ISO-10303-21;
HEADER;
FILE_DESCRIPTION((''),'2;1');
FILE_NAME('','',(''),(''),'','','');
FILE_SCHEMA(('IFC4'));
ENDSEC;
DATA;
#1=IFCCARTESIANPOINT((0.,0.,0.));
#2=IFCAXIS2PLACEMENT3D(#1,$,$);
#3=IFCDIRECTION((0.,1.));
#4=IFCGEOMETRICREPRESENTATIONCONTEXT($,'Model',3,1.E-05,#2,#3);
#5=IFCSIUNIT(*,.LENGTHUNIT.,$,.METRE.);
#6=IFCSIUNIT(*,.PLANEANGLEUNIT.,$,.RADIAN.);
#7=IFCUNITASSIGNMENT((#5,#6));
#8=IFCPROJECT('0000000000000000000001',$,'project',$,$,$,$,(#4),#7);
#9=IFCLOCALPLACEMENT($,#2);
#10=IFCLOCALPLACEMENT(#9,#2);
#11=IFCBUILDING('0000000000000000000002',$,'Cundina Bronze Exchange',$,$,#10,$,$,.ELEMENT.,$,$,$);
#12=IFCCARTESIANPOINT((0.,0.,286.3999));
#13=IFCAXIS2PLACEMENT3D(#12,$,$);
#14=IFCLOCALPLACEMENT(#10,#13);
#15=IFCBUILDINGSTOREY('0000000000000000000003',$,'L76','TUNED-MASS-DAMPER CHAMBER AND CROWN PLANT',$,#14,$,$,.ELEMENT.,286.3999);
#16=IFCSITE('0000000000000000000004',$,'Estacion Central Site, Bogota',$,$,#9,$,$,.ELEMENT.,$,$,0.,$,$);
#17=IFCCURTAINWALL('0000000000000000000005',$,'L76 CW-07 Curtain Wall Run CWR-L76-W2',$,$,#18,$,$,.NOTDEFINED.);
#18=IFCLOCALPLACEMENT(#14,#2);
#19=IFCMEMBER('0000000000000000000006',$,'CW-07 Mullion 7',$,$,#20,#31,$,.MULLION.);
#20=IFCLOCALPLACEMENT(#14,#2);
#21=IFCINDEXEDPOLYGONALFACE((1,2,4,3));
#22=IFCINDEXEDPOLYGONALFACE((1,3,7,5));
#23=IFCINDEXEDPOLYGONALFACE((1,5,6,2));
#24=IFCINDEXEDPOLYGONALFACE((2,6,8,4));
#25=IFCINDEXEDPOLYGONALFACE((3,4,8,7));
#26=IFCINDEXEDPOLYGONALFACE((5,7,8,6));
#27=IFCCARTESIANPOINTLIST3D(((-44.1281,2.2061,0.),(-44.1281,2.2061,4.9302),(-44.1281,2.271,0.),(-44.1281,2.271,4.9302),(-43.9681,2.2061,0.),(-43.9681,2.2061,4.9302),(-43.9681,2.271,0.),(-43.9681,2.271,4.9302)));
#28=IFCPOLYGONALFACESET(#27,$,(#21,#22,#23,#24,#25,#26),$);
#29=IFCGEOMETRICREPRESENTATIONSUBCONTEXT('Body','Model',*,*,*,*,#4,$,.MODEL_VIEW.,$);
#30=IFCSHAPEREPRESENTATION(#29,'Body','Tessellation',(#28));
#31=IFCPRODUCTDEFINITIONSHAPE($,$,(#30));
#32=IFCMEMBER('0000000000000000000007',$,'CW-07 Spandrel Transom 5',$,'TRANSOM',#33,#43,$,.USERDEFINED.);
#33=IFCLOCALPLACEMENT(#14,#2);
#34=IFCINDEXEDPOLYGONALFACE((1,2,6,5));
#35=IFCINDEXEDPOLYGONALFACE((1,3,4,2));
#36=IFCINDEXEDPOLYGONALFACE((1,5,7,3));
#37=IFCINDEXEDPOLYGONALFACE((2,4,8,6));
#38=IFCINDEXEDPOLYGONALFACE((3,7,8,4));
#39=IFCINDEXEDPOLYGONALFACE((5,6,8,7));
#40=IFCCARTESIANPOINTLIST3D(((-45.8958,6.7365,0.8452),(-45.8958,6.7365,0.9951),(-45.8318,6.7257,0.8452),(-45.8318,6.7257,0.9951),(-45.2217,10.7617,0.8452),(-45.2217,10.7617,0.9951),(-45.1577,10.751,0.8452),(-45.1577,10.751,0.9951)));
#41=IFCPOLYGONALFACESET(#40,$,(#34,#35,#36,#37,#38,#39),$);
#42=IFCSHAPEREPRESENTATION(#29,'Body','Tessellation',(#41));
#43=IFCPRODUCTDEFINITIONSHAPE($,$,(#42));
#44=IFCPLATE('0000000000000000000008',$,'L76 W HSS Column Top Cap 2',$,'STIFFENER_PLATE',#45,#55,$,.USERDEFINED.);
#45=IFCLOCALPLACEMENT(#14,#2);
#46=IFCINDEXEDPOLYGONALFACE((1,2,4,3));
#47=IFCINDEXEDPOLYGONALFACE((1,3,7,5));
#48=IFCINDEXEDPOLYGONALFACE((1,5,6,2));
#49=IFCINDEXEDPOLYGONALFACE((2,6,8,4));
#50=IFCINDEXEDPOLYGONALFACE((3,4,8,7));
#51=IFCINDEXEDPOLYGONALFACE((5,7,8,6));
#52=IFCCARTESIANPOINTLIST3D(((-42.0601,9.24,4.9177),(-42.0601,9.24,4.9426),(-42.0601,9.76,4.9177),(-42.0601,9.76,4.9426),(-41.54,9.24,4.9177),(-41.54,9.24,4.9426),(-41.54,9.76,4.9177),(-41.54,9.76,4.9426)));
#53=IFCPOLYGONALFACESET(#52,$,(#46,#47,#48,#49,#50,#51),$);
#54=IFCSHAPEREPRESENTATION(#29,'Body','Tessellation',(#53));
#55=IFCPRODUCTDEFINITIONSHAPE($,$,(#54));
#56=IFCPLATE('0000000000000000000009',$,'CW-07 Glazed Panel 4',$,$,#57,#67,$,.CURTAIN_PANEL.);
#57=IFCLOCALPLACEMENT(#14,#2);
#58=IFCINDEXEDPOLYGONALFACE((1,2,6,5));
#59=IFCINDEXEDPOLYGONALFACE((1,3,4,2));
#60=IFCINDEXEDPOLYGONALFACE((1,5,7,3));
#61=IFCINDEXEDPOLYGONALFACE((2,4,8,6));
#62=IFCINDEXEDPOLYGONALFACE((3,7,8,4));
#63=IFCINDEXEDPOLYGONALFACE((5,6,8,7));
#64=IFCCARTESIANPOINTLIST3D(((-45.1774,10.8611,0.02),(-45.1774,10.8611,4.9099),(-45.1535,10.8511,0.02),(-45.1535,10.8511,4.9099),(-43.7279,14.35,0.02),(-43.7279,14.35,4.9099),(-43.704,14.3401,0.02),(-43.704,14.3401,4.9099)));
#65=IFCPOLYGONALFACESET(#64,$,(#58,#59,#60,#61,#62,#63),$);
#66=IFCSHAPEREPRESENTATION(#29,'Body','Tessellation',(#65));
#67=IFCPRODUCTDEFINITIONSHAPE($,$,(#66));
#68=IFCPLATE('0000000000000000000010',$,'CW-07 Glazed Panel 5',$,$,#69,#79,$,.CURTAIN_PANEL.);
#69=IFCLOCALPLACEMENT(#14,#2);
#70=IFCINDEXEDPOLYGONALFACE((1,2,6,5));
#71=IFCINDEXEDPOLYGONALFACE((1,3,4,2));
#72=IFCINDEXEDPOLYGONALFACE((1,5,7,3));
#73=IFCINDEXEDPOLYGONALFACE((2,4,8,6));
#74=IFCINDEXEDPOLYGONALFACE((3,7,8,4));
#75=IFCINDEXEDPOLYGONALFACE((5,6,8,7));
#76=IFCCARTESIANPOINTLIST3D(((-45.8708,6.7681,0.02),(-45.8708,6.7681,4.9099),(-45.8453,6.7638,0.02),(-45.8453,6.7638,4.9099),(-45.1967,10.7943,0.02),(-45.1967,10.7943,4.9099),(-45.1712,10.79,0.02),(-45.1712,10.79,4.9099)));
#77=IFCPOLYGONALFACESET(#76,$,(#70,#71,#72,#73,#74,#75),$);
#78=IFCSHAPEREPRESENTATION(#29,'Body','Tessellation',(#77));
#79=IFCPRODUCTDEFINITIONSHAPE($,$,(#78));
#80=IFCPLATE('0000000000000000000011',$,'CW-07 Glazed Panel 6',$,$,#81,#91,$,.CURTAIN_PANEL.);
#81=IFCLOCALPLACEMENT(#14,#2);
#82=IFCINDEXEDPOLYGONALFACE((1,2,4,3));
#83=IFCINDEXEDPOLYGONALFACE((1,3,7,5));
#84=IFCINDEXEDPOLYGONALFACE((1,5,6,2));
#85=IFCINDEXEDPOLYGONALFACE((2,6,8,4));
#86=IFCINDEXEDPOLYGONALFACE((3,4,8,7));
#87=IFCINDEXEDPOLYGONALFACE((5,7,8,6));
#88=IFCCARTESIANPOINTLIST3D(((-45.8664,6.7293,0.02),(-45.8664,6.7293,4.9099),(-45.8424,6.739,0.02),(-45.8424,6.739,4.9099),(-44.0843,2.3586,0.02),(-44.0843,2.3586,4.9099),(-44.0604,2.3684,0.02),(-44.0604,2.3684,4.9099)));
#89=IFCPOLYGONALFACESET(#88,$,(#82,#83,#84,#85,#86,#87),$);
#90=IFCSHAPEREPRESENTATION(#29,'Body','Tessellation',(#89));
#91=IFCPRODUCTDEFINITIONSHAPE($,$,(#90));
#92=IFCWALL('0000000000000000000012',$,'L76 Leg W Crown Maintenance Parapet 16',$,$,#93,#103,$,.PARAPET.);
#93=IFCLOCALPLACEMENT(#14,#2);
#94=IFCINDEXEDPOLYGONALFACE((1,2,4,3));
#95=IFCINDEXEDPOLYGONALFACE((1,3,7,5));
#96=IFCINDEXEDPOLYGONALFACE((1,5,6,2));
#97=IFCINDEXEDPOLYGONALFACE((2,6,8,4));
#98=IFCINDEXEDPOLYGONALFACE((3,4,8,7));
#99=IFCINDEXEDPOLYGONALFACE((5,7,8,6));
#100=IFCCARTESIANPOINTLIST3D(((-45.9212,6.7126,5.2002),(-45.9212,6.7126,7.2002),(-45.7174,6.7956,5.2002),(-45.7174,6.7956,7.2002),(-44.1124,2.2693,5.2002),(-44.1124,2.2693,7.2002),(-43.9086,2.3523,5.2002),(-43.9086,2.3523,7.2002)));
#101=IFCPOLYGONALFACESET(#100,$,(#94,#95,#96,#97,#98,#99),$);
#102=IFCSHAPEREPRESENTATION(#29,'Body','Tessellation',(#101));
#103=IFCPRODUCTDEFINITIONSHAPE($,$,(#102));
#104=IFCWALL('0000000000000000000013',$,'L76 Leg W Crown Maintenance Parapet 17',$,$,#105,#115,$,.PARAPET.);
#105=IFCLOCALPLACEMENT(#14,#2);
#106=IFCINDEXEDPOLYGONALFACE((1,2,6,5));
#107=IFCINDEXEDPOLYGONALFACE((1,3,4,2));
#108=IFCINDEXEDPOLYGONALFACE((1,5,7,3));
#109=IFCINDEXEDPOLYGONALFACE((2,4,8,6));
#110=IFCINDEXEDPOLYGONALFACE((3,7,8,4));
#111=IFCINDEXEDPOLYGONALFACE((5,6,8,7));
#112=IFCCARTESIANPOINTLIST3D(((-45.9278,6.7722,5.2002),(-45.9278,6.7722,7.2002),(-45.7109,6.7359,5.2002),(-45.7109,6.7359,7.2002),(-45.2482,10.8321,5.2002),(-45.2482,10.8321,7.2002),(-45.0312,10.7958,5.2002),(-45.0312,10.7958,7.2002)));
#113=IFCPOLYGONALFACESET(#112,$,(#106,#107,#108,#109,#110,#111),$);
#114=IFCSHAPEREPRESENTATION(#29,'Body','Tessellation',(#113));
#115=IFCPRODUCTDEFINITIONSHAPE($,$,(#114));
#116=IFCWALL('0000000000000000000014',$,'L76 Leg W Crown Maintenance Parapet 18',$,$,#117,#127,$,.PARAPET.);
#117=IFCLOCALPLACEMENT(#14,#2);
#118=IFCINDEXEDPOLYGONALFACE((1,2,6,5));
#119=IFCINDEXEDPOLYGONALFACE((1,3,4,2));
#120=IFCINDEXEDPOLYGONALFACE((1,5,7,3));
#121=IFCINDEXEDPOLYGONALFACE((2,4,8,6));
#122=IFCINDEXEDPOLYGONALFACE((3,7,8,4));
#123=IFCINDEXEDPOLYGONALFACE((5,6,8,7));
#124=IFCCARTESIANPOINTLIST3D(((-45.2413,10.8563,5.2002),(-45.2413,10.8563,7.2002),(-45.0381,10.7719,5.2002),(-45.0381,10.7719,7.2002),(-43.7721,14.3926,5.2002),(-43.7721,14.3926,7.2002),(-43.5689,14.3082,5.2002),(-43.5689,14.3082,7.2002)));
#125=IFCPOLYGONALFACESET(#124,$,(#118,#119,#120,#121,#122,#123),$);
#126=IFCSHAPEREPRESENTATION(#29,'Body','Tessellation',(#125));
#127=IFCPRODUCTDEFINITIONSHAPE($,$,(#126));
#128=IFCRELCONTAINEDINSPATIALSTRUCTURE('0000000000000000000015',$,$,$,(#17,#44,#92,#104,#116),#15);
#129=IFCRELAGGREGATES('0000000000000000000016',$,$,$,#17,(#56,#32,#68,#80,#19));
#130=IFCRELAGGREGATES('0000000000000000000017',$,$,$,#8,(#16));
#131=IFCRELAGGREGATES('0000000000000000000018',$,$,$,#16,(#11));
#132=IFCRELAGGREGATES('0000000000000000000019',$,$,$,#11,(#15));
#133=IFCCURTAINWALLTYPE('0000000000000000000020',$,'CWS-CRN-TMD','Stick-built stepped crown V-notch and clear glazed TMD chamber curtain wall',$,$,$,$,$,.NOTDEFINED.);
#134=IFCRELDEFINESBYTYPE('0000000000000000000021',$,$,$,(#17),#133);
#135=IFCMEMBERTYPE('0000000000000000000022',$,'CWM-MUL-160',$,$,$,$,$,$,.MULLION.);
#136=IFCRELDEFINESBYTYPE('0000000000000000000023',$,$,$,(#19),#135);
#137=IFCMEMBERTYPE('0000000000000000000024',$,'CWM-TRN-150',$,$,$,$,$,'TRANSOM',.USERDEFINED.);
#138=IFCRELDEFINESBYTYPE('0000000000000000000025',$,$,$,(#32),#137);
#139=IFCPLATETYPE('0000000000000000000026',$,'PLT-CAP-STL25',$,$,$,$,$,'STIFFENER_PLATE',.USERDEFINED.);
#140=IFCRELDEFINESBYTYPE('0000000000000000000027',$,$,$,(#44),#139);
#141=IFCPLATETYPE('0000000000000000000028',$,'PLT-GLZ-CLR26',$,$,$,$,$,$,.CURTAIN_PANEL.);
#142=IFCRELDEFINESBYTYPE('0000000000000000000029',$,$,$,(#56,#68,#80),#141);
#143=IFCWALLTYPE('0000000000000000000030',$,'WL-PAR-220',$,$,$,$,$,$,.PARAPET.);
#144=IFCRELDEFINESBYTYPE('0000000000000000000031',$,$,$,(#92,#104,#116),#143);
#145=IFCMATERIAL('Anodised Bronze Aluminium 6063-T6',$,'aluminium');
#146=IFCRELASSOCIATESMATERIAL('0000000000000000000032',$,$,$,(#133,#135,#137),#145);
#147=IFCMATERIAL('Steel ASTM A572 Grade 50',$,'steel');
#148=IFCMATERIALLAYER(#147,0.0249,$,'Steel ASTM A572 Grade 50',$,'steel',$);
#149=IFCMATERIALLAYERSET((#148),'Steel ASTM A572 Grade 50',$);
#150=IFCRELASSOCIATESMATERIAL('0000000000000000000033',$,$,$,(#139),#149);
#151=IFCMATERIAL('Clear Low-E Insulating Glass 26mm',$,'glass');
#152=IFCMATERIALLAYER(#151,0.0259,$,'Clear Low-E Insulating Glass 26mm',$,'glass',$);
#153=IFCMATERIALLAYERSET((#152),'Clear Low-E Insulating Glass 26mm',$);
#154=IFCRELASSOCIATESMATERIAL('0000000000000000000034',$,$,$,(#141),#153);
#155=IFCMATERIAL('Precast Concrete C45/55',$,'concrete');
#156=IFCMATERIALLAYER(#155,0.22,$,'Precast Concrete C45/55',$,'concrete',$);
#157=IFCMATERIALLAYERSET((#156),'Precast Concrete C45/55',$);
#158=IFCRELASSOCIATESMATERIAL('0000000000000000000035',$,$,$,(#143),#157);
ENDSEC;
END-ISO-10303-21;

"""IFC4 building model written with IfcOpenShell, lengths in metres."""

from ifc_helpers import new_model, si_unit, direction, frame, frame_2d, origin, origin_2d, place, context, subcontext, project, spatial, rectangle, extrude, material, layer, layer_set, material_profile, profile_set, type_object, element, aggregate, save


model = new_model("IFC4")

# Units and contexts
model_context = context("Model", 3, precision=1e-05, world=origin(), true_north=direction((0.0, 1.0)))
body_context = subcontext(model_context, "Body", "Model", "MODEL_VIEW")
ifc_project = project(units=[si_unit("LENGTHUNIT", "METRE"), si_unit("PLANEANGLEUNIT", "RADIAN")], contexts=[model_context])

# Site, building, storey
site_placement = place(None, origin())
site = spatial("IfcSite", under=ifc_project, at=site_placement, Name="Estacion Central Site, Bogota", CompositionType="ELEMENT", RefElevation=0.0)
building_placement = place(site_placement, origin())
building = spatial("IfcBuilding", under=site, at=building_placement, Name="Cundina Bronze Exchange", CompositionType="ELEMENT")
storey_placement = place(building_placement, frame((0.0, 0.0, 286.3999)))
storey = spatial("IfcBuildingStorey", under=building, at=storey_placement, Name="L76", Description="TUNED-MASS-DAMPER CHAMBER AND CROWN PLANT", CompositionType="ELEMENT", Elevation=286.3999)

# Curtain wall, members
ifc_material_1 = material(Name="Anodised Bronze Aluminium 6063-T6", Category="aluminium")
curtain_wall_type = type_object("IfcCurtainWallType", Name="CWS-CRN-TMD", Description="Stick-built stepped crown V-notch and clear glazed TMD chamber curtain wall", PredefinedType="NOTDEFINED", material=ifc_material_1)
curtain_wall_placement = place(storey_placement, origin())
curtain_wall = element("IfcCurtainWall", 1, at=curtain_wall_placement, inside=storey, type_object=curtain_wall_type, Name="L76 CW-07 Curtain Wall Run CWR-L76-W2", PredefinedType="NOTDEFINED")
ifc_material_profile_1 = material_profile(ifc_material_1, rectangle(XDim=0.0649, YDim=0.1599, at=origin_2d()), Name="AL65X160", Category="aluminium")
ifc_profile_set_1 = profile_set([ifc_material_profile_1], Name="Anodised Bronze Aluminium 6063-T6")
member_type_1 = type_object("IfcMemberType", Name="CWM-MUL-160", PredefinedType="MULLION", material=ifc_profile_set_1)
member_1_placement = place(storey_placement, frame((-44.0481, 2.2385, 0.0), z_axis=(0.0, 0.0, 1.0), x_axis=(0.0, -1.0, 0.0)))
member_1 = element("IfcMember", 2, at=member_1_placement, type_object=member_type_1, Name="CW-07 Mullion 7", PredefinedType="MULLION", context=body_context, shape_type="SweptSolid", body=[
    extrude(rectangle(XDim=0.0649, YDim=0.1599, at=origin_2d()), origin(), (0.0, 0.0, 1.0), 4.9302),
])
ifc_material_profile_2 = material_profile(ifc_material_1, rectangle(XDim=0.0649, YDim=0.1499, at=origin_2d()), Name="AL65X150", Category="aluminium")
ifc_profile_set_2 = profile_set([ifc_material_profile_2], Name="Anodised Bronze Aluminium 6063-T6")
member_type_2 = type_object("IfcMemberType", Name="CWM-TRN-150", ElementType="TRANSOM", PredefinedType="USERDEFINED", material=ifc_profile_set_2)
member_2_placement = place(storey_placement, frame((-45.1897, 10.7563, 0.9202), z_axis=(-0.165165, -0.986266, 0.0), x_axis=(0.986266, -0.165165, 0.0)))
member_2 = element("IfcMember", 3, at=member_2_placement, type_object=member_type_2, Name="CW-07 Spandrel Transom 5", ObjectType="TRANSOM", PredefinedType="USERDEFINED", context=body_context, shape_type="SweptSolid", body=[
    extrude(rectangle(XDim=0.0649, YDim=0.1499, at=origin_2d()), origin(), (0.0, 0.0, 1.0), 4.0813),
])

# Plates
ifc_material_2 = material(Name="Steel ASTM A572 Grade 50", Category="steel")
ifc_layer_1 = layer(ifc_material_2, 0.0249, Name="Steel ASTM A572 Grade 50", Category="steel")
ifc_layer_set_1 = layer_set([ifc_layer_1], Name="Steel ASTM A572 Grade 50")
plate_type_1 = type_object("IfcPlateType", Name="PLT-CAP-STL25", ElementType="STIFFENER_PLATE", PredefinedType="USERDEFINED", material=ifc_layer_set_1)
plate_1_placement = place(storey_placement, frame((-41.8, 9.5, 4.9177), z_axis=(0.0, 0.0, 1.0), x_axis=(1.0, 0.0, 0.0)))
element("IfcPlate", 4, at=plate_1_placement, inside=storey, type_object=plate_type_1, Name="L76 W HSS Column Top Cap 2", ObjectType="STIFFENER_PLATE", PredefinedType="USERDEFINED", context=body_context, shape_type="SweptSolid", body=[
    extrude(rectangle(XDim=0.52, YDim=0.52, at=origin_2d()), origin(), (0.0, 0.0, 1.0), 0.0249),
])
ifc_material_3 = material(Name="Clear Low-E Insulating Glass 26mm", Category="glass")
ifc_layer_2 = layer(ifc_material_3, 0.0259, Name="Clear Low-E Insulating Glass 26mm", Category="glass")
ifc_layer_set_2 = layer_set([ifc_layer_2], Name="Clear Low-E Insulating Glass 26mm")
plate_type_2 = type_object("IfcPlateType", Name="PLT-GLZ-CLR26", PredefinedType="CURTAIN_PANEL", material=ifc_layer_set_2)
plate_2_placement = place(storey_placement, frame((-44.4407, 12.6006, 0.02), z_axis=(0.0, 0.0, 1.0), x_axis=(-0.383667, -0.923472, 0.0)))
plate_2 = element("IfcPlate", 5, at=plate_2_placement, type_object=plate_type_2, Name="CW-07 Glazed Panel 4", PredefinedType="CURTAIN_PANEL", context=body_context, shape_type="SweptSolid", body=[
    extrude(rectangle(XDim=3.7781, YDim=0.0259, at=origin_2d()), origin(), (0.0, 0.0, 1.0), 4.8899),
])
plate_3_placement = place(storey_placement, frame((-45.521, 8.7791, 0.02), z_axis=(0.0, 0.0, 1.0), x_axis=(-0.165134, -0.986271, 0.0)))
plate_3 = element("IfcPlate", 6, at=plate_3_placement, type_object=plate_type_2, Name="CW-07 Glazed Panel 5", PredefinedType="CURTAIN_PANEL", context=body_context, shape_type="SweptSolid", body=[
    extrude(rectangle(XDim=4.0823, YDim=0.0259, at=origin_2d()), origin(), (0.0, 0.0, 1.0), 4.8899),
])
plate_4_placement = place(storey_placement, frame((-44.9634, 4.5488, 0.02), z_axis=(0.0, 0.0, 1.0), x_axis=(0.37755, -0.925989, 0.0)))
plate_4 = element("IfcPlate", 7, at=plate_4_placement, type_object=plate_type_2, Name="CW-07 Glazed Panel 6", PredefinedType="CURTAIN_PANEL", context=body_context, shape_type="SweptSolid", body=[
    extrude(rectangle(XDim=4.72, YDim=0.0259, at=origin_2d()), origin(), (0.0, 0.0, 1.0), 4.8899),
])
aggregate(curtain_wall, [plate_2, member_2, plate_3, plate_4, member_1])

# Walls
ifc_material_4 = material(Name="Precast Concrete C45/55", Category="concrete")
ifc_layer_3 = layer(ifc_material_4, 0.22, Name="Precast Concrete C45/55", Category="concrete")
ifc_layer_set_3 = layer_set([ifc_layer_3], Name="Precast Concrete C45/55")
wall_type = type_object("IfcWallType", Name="WL-PAR-220", PredefinedType="PARAPET", material=ifc_layer_set_3)
wall_1_placement = place(storey_placement, frame((-44.0105, 2.3108, 5.2002), z_axis=(0.0, 0.0, 1.0), x_axis=(-0.377043, 0.926196, 0.0)))
element("IfcWall", 8, at=wall_1_placement, inside=storey, type_object=wall_type, Name="L76 Leg W Crown Maintenance Parapet 16", PredefinedType="PARAPET", context=body_context, shape_type="SweptSolid", body=[
    extrude(rectangle(XDim=4.7974, YDim=0.22, at=frame_2d((2.3987, 0.0))), origin(), (0.0, 0.0, 1.0), 2.0),
])
wall_2_placement = place(storey_placement, frame((-45.8193, 6.7542, 5.2002), z_axis=(0.0, 0.0, 1.0), x_axis=(0.165111, 0.986275, 0.0)))
element("IfcWall", 9, at=wall_2_placement, inside=storey, type_object=wall_type, Name="L76 Leg W Crown Maintenance Parapet 17", PredefinedType="PARAPET", context=body_context, shape_type="SweptSolid", body=[
    extrude(rectangle(XDim=4.1165, YDim=0.22, at=frame_2d((2.0581, 0.0))), origin(), (0.0, 0.0, 1.0), 2.0),
])
wall_3_placement = place(storey_placement, frame((-45.1396, 10.8142, 5.2002), z_axis=(0.0, 0.0, 1.0), x_axis=(0.383669, 0.923471, 0.0)))
element("IfcWall", 10, at=wall_3_placement, inside=storey, type_object=wall_type, Name="L76 Leg W Crown Maintenance Parapet 18", PredefinedType="PARAPET", context=body_context, shape_type="SweptSolid", body=[
    extrude(rectangle(XDim=3.8293, YDim=0.22, at=frame_2d((1.9146, 0.0))), origin(), (0.0, 0.0, 1.0), 2.0),
])

save(model, "model.ifc")
